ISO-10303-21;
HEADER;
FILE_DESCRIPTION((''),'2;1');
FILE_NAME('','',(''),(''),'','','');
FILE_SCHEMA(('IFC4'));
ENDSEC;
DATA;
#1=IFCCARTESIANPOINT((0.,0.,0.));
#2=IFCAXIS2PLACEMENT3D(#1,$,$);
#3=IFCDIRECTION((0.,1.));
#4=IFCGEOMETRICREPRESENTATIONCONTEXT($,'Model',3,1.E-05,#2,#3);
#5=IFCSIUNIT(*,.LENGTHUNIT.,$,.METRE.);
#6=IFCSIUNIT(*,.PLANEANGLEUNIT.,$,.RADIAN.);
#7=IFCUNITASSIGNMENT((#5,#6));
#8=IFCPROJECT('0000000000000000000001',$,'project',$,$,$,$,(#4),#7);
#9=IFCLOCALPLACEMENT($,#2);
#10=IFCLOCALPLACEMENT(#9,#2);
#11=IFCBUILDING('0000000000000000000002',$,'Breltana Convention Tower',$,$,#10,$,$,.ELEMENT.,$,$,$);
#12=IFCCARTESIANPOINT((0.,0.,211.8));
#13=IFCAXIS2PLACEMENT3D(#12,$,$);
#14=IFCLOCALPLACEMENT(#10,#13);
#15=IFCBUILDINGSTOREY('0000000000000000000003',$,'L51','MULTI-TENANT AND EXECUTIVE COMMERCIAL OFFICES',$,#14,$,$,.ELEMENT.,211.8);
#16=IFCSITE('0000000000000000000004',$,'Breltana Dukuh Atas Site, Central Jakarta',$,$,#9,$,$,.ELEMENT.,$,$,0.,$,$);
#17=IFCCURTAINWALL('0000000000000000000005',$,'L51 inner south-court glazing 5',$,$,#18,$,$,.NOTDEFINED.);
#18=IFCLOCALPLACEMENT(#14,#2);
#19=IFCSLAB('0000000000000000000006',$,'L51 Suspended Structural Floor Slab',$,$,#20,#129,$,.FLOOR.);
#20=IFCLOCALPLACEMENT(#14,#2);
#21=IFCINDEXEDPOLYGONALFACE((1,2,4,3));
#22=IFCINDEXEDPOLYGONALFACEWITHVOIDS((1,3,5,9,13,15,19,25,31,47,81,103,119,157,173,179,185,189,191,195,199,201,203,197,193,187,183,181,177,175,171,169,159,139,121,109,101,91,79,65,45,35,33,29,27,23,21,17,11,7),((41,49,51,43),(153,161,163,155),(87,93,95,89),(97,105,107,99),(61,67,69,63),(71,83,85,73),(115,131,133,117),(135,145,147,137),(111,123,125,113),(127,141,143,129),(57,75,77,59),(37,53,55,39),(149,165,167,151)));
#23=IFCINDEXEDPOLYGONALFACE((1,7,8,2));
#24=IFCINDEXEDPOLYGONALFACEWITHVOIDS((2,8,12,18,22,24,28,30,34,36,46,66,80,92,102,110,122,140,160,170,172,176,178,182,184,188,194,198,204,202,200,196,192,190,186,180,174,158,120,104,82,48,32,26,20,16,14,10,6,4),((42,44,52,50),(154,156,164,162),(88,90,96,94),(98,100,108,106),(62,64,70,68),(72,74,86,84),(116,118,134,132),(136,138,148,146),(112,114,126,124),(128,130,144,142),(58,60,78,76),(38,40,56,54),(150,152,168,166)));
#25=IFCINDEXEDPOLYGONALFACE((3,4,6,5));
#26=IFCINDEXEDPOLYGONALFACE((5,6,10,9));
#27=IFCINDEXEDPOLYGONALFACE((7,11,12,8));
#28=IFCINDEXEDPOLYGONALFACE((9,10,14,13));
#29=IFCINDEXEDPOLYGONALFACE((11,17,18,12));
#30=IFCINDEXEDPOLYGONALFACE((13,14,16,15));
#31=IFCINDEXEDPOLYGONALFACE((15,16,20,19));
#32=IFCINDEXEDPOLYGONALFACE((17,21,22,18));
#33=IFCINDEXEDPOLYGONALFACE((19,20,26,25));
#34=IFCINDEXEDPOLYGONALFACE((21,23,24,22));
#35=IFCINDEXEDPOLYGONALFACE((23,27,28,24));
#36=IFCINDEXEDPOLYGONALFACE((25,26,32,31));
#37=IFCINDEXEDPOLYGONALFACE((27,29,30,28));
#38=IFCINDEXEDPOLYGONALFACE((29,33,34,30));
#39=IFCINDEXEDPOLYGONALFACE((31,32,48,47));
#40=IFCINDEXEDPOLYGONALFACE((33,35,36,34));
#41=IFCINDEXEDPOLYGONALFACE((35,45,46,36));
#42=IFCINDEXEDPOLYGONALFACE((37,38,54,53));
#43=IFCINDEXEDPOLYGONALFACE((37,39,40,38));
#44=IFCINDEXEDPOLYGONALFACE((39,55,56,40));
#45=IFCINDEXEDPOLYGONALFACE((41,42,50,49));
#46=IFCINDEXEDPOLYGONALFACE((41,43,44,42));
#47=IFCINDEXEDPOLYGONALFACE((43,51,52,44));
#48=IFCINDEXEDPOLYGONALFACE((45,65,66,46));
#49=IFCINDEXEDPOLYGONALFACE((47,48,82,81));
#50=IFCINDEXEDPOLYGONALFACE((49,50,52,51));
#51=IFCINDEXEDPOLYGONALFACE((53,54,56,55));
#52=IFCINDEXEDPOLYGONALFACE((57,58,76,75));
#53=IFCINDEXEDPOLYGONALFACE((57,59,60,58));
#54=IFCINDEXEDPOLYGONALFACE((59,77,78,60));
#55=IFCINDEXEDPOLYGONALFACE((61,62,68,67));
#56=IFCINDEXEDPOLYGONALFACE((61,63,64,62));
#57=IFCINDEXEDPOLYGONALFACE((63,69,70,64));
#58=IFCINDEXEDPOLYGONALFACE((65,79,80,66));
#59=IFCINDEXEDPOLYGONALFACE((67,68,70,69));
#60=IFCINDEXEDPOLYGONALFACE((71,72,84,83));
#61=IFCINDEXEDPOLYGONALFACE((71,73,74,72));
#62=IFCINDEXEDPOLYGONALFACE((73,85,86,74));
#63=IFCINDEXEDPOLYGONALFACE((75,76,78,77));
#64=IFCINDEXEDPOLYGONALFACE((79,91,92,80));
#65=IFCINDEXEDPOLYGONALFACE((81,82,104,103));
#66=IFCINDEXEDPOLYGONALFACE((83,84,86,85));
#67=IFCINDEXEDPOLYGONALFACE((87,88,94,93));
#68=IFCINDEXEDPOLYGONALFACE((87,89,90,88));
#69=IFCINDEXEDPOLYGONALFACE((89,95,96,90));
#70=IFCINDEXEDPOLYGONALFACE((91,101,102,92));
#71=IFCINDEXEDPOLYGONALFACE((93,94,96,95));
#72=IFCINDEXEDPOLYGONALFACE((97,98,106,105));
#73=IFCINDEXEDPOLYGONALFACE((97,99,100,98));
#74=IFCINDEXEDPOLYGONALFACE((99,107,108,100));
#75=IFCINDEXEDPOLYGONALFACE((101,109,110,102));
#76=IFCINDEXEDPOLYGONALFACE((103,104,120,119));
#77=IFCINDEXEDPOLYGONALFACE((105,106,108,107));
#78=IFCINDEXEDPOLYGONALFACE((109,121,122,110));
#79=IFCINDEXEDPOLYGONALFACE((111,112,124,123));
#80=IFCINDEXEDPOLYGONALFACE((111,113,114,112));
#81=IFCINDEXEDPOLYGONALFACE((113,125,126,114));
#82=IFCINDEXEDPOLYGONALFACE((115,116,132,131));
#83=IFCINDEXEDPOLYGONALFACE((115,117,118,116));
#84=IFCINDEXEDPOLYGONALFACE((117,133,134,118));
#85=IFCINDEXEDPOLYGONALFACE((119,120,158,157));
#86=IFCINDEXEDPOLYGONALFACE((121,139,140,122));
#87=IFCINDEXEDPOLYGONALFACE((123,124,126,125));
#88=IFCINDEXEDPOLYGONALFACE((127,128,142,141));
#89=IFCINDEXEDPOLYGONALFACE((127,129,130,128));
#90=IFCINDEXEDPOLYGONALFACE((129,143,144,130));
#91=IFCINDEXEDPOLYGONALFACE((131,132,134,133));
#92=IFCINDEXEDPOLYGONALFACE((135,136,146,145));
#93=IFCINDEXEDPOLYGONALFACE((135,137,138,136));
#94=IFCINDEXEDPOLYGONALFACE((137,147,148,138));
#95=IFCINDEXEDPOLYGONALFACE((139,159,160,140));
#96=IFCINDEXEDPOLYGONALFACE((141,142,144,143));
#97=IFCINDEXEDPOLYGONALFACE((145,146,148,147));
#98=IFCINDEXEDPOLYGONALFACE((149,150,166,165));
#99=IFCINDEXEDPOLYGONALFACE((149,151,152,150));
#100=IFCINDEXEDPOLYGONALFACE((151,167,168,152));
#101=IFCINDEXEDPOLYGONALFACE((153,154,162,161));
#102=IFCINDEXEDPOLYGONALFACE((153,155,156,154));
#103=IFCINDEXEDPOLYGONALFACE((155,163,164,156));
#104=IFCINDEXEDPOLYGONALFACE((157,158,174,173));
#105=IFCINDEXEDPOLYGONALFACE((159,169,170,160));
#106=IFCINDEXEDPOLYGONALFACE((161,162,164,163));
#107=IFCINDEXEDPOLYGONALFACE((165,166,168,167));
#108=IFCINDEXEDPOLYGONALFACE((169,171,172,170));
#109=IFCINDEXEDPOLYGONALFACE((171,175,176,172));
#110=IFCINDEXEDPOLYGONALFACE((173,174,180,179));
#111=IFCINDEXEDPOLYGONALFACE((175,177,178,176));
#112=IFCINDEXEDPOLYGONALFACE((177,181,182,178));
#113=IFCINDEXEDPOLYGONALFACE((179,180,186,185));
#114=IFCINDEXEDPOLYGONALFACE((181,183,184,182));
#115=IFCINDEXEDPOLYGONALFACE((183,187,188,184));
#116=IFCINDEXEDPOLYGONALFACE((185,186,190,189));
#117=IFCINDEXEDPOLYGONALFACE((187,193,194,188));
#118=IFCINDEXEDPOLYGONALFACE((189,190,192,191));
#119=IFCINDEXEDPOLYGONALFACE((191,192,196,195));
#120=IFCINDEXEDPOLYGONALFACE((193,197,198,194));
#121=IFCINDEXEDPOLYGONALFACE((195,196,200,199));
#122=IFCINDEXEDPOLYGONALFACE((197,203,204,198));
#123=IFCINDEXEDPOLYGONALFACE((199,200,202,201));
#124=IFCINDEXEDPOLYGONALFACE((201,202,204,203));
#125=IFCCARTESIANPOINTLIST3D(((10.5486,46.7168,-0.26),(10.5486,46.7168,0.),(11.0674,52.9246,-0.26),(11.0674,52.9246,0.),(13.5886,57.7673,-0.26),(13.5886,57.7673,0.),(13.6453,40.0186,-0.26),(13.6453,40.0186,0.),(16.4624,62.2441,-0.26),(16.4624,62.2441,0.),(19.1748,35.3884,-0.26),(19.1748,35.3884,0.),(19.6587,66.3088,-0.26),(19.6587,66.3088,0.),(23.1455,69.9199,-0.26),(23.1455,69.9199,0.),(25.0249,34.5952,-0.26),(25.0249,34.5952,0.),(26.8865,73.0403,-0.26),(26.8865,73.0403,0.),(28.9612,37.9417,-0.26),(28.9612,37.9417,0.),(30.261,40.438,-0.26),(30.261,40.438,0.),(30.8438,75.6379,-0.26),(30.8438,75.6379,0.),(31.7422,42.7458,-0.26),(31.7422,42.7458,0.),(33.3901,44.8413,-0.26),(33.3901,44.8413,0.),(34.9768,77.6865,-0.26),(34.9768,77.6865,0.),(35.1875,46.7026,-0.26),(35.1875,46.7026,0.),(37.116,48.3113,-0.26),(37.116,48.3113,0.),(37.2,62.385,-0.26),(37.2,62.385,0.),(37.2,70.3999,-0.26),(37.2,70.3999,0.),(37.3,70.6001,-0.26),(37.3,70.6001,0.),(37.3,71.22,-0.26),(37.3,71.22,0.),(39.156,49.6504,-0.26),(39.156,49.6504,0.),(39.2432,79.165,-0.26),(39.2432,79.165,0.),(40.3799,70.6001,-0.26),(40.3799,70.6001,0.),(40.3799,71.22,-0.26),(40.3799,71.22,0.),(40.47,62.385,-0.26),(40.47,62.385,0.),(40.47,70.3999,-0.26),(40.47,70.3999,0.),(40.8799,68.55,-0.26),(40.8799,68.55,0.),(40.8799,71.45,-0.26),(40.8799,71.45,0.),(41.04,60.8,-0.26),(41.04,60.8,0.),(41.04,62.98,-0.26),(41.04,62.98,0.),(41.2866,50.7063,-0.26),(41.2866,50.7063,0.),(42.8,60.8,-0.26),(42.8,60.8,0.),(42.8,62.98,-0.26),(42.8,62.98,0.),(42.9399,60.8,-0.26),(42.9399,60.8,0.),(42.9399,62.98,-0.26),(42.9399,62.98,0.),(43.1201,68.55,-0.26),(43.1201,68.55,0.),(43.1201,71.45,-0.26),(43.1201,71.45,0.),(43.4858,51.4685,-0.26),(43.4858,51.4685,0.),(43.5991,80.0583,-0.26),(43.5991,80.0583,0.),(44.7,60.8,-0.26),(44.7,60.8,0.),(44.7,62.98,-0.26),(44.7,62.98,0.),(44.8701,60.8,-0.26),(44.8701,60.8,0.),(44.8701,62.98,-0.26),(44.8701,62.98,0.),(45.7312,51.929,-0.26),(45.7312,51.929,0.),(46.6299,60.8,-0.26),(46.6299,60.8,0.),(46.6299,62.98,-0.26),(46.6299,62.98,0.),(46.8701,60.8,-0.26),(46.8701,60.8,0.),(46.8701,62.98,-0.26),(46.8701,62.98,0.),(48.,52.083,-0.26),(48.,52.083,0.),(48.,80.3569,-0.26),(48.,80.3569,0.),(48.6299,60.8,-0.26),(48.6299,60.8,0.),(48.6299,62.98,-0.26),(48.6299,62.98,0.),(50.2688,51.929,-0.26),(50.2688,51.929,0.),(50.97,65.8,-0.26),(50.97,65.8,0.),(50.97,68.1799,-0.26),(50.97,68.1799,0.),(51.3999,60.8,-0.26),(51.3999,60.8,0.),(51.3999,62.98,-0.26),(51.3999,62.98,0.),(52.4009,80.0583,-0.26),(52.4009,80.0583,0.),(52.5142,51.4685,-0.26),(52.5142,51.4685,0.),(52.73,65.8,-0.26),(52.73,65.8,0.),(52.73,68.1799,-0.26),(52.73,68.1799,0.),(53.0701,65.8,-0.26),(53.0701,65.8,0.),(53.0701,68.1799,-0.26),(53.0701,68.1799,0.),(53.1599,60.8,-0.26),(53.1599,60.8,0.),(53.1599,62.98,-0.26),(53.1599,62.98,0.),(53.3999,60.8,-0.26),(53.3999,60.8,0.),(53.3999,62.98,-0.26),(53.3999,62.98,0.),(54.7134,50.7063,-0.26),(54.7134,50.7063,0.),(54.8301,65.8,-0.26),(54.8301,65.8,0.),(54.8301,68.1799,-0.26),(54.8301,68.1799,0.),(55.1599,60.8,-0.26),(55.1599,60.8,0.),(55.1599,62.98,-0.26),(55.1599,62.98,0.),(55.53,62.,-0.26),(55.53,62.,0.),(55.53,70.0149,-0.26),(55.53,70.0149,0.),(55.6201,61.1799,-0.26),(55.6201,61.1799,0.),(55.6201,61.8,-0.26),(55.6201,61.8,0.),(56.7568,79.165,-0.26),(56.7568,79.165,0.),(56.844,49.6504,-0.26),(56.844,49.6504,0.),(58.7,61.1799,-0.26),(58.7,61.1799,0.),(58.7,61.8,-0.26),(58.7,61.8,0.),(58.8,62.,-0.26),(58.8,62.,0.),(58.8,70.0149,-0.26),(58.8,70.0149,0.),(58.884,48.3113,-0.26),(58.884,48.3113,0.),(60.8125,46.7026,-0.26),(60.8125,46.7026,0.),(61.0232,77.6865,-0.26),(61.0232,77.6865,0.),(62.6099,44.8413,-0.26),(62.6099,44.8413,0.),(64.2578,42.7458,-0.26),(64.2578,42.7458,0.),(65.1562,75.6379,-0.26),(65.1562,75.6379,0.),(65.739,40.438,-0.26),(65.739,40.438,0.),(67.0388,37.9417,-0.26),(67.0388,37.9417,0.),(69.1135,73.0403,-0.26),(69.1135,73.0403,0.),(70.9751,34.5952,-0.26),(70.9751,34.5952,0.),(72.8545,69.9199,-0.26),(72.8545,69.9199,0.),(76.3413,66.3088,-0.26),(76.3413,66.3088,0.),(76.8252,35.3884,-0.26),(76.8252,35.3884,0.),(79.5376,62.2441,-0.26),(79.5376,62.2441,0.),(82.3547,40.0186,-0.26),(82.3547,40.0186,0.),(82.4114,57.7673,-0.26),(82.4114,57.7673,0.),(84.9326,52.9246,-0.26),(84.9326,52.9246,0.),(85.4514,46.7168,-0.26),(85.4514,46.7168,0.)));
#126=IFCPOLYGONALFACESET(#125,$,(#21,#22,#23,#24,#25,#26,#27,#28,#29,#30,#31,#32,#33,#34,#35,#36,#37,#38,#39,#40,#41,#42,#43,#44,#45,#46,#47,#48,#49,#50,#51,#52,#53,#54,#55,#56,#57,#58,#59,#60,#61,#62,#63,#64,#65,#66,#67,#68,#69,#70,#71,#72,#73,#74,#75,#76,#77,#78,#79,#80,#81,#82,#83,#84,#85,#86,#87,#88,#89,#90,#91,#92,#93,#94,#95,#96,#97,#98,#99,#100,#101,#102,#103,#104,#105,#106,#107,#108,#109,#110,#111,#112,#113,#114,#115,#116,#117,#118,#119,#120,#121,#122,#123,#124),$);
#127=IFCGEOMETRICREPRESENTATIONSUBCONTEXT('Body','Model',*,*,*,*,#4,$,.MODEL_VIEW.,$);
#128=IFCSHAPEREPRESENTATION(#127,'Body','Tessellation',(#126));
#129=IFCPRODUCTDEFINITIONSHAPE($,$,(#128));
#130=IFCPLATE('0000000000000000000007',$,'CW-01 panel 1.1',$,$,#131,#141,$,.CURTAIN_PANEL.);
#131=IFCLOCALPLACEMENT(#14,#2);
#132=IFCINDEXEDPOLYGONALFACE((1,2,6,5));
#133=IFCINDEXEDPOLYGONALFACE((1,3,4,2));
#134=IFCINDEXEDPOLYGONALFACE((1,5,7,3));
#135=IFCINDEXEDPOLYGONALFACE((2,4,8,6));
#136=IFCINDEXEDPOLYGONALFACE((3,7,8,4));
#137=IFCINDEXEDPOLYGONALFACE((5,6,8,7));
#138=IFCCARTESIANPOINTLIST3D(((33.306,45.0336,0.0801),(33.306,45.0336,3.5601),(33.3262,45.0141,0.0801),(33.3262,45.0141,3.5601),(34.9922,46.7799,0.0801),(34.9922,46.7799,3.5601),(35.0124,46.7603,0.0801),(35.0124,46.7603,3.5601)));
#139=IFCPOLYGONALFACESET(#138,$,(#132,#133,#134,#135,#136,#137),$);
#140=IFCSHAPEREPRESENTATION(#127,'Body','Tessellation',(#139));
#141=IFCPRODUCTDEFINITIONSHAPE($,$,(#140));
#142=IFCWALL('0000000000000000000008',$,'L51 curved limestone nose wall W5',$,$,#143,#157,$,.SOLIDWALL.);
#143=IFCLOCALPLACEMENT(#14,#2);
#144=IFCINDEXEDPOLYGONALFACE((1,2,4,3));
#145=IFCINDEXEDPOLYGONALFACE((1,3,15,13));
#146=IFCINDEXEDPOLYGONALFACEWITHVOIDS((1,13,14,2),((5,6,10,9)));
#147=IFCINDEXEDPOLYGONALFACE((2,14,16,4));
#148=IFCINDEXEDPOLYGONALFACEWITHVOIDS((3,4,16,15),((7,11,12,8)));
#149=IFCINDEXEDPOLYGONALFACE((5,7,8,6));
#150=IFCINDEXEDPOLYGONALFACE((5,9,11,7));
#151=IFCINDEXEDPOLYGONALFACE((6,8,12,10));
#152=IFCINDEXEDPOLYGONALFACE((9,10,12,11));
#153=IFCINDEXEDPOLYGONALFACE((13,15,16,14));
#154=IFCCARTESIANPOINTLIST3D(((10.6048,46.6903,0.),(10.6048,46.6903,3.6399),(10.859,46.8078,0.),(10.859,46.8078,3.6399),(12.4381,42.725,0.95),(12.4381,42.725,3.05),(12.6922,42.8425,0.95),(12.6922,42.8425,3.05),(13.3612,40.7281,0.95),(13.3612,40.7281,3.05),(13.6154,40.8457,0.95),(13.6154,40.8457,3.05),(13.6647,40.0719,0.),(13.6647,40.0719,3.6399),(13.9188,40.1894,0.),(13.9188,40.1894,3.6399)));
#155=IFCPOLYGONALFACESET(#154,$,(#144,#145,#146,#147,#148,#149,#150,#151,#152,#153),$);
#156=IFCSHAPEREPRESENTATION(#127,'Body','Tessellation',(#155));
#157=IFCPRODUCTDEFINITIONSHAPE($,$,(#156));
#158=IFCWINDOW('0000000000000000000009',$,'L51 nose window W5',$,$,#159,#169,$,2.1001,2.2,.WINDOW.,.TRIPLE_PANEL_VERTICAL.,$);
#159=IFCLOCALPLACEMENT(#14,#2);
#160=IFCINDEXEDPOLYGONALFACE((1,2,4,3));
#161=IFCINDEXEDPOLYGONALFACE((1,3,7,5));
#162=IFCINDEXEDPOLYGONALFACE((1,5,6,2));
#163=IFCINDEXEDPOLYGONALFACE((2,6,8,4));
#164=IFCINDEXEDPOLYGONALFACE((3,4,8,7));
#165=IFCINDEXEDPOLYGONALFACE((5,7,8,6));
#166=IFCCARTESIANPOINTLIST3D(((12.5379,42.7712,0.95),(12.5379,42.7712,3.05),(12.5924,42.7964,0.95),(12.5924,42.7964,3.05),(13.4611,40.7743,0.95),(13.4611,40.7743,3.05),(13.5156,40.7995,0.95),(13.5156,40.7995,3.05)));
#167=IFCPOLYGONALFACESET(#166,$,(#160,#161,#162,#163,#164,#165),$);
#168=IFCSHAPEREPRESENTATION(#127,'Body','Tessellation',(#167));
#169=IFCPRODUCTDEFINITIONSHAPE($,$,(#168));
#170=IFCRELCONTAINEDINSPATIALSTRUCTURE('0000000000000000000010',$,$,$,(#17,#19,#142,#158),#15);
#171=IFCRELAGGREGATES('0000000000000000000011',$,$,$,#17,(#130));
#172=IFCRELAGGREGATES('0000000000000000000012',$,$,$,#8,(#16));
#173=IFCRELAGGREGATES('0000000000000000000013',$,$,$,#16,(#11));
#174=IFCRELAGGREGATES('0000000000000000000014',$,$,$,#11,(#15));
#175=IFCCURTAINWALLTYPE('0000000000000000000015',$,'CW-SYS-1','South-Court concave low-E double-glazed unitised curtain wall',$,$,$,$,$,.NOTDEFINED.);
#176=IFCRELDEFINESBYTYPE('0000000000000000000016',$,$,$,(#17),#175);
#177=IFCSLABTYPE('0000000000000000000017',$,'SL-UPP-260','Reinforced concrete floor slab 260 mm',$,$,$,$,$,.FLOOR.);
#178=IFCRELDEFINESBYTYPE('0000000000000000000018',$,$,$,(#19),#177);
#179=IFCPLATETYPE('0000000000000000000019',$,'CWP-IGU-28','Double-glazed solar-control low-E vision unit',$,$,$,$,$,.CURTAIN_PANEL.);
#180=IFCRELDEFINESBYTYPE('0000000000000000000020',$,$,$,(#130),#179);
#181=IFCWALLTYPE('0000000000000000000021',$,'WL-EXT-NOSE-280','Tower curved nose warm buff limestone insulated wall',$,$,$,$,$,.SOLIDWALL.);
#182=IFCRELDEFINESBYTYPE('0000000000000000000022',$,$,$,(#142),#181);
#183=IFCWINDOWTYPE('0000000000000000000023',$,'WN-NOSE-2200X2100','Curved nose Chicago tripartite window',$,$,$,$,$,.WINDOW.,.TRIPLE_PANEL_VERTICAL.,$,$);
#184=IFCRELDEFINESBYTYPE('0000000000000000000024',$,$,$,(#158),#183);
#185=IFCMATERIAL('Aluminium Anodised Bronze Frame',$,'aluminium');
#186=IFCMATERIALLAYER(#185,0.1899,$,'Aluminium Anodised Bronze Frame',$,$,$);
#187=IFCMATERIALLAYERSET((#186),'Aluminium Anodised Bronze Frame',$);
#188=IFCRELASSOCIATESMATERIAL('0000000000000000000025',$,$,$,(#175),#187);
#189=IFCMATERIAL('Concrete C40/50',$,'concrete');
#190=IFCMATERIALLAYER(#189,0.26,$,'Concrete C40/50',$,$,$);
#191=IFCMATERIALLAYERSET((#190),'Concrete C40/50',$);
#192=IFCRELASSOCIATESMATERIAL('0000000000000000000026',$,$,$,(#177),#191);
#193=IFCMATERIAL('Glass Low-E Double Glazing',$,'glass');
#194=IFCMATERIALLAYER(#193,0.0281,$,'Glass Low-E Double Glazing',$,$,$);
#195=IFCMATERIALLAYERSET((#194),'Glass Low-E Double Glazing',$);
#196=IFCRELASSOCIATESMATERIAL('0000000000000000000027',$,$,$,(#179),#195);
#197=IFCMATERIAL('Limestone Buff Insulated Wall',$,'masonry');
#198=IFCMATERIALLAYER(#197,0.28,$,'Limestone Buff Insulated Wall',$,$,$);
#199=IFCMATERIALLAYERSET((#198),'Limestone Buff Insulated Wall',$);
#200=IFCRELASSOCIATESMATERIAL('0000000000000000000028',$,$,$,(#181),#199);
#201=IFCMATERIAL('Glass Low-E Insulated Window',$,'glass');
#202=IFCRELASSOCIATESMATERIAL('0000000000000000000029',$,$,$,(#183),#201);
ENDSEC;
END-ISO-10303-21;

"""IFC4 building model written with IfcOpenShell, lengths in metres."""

from ifc_helpers import new_model, si_unit, direction, frame, frame_2d, origin, origin_2d, place, context, subcontext, project, spatial, polyline, rectangle, outline, extrude, source, transform, mapped, material, layer, layer_set, type_object, type_shapes, element, fill, aggregate, save


model = new_model("IFC4")

# Units and contexts
model_context = context("Model", 3, precision=1e-05, world=origin(), true_north=direction((0.0, 1.0)))
body_context = subcontext(model_context, "Body", "Model", "MODEL_VIEW")
ifc_project = project(units=[si_unit("LENGTHUNIT", "METRE"), si_unit("PLANEANGLEUNIT", "RADIAN")], contexts=[model_context])

# Site, building, storey
site_placement = place(None, origin())
site = spatial("IfcSite", under=ifc_project, at=site_placement, Name="Breltana Dukuh Atas Site, Central Jakarta", CompositionType="ELEMENT", RefElevation=0.0)
building_placement = place(site_placement, origin())
building = spatial("IfcBuilding", under=site, at=building_placement, Name="Breltana Convention Tower", CompositionType="ELEMENT")
storey_placement = place(building_placement, frame((0.0, 0.0, 211.8)))
storey = spatial("IfcBuildingStorey", under=building, at=storey_placement, Name="L51", Description="MULTI-TENANT AND EXECUTIVE COMMERCIAL OFFICES", CompositionType="ELEMENT", Elevation=211.8)

# Curtain wall
ifc_material_1 = material(Name="Aluminium Anodised Bronze Frame", Category="aluminium")
ifc_layer_1 = layer(ifc_material_1, 0.1899, Name="Aluminium Anodised Bronze Frame")
ifc_layer_set_1 = layer_set([ifc_layer_1], Name="Aluminium Anodised Bronze Frame")
curtain_wall_type = type_object("IfcCurtainWallType", Name="CW-SYS-1", Description="South-Court concave low-E double-glazed unitised curtain wall", PredefinedType="NOTDEFINED", material=ifc_layer_set_1)
curtain_wall_placement = place(storey_placement, origin())
curtain_wall = element("IfcCurtainWall", 1, at=curtain_wall_placement, inside=storey, type_object=curtain_wall_type, Name="L51 inner south-court glazing 5", PredefinedType="NOTDEFINED")

# Shared definitions
ifc_material_2 = material(Name="Concrete C40/50", Category="concrete")

# Slab
ifc_layer_2 = layer(ifc_material_2, 0.26, Name="Concrete C40/50")
ifc_layer_set_2 = layer_set([ifc_layer_2], Name="Concrete C40/50")
slab_type_1 = type_object("IfcSlabType", Name="SL-UPP-260", Description="Reinforced concrete floor slab 260 mm", PredefinedType="FLOOR", material=ifc_layer_set_2)
slab_1_placement = place(storey_placement, frame((0.0, 0.0, -0.26)))
element("IfcSlab", 2, at=slab_1_placement, inside=storey, type_object=slab_type_1, Name="L51 Suspended Structural Floor Slab", PredefinedType="FLOOR", context=body_context, shape_type="SweptSolid", body=[
    extrude(outline(polyline([(84.9326, 52.9246), (82.4114, 57.7673), (79.5376, 62.2441), (76.3413, 66.3088), (72.8545, 69.9199), (69.1135, 73.0403), (65.1562, 75.6379), (61.0232, 77.6865), (56.7568, 79.165), (52.4009, 80.0583), (48.0, 80.3569), (43.5991, 80.0583), (39.2432, 79.165), (34.9768, 77.6865), (30.8438, 75.6379), (26.8865, 73.0403), (23.1455, 69.9199), (19.6587, 66.3088), (16.4624, 62.2441), (13.5886, 57.7673), (11.0674, 52.9246), (10.5486, 46.7168), (13.6453, 40.0186), (19.1748, 35.3884), (25.0249, 34.5952), (28.9612, 37.9417), (30.261, 40.438), (31.7422, 42.7458), (33.3901, 44.8413), (35.1875, 46.7026), (37.116, 48.3113), (39.156, 49.6504), (41.2866, 50.7063), (43.4858, 51.4685), (45.7312, 51.929), (48.0, 52.083), (50.2688, 51.929), (52.5142, 51.4685), (54.7134, 50.7063), (56.844, 49.6504), (58.884, 48.3113), (60.8125, 46.7026), (62.6099, 44.8413), (64.2578, 42.7458), (65.739, 40.438), (67.0388, 37.9417), (70.9751, 34.5952), (76.8252, 35.3884), (82.3547, 40.0186), (85.4514, 46.7168), (84.9326, 52.9246)]), holes=[polyline([(37.2, 62.385), (40.47, 62.385), (40.47, 70.3999), (37.2, 70.3999), (37.2, 62.385)]), polyline([(55.53, 62.0), (58.8, 62.0), (58.8, 70.0149), (55.53, 70.0149), (55.53, 62.0)]), polyline([(41.04, 60.8), (42.8, 60.8), (42.8, 62.98), (41.04, 62.98), (41.04, 60.8)]), polyline([(42.9399, 60.8), (44.7, 60.8), (44.7, 62.98), (42.9399, 62.98), (42.9399, 60.8)]), polyline([(44.8701, 60.8), (46.6299, 60.8), (46.6299, 62.98), (44.8701, 62.98), (44.8701, 60.8)]), polyline([(46.8701, 60.8), (48.6299, 60.8), (48.6299, 62.98), (46.8701, 62.98), (46.8701, 60.8)]), polyline([(51.3999, 60.8), (53.1599, 60.8), (53.1599, 62.98), (51.3999, 62.98), (51.3999, 60.8)]), polyline([(53.3999, 60.8), (55.1599, 60.8), (55.1599, 62.98), (53.3999, 62.98), (53.3999, 60.8)]), polyline([(50.97, 65.8), (52.73, 65.8), (52.73, 68.1799), (50.97, 68.1799), (50.97, 65.8)]), polyline([(53.0701, 65.8), (54.8301, 65.8), (54.8301, 68.1799), (53.0701, 68.1799), (53.0701, 65.8)]), polyline([(40.8799, 68.55), (43.1201, 68.55), (43.1201, 71.45), (40.8799, 71.45), (40.8799, 68.55)]), polyline([(37.3, 70.6001), (40.3799, 70.6001), (40.3799, 71.22), (37.3, 71.22), (37.3, 70.6001)]), polyline([(55.6201, 61.1799), (58.7, 61.1799), (58.7, 61.8), (55.6201, 61.8), (55.6201, 61.1799)])]), origin(), (0.0, 0.0, 1.0), 0.26),
])

# Plate
ifc_material_3 = material(Name="Glass Low-E Double Glazing", Category="glass")
ifc_layer_3 = layer(ifc_material_3, 0.0281, Name="Glass Low-E Double Glazing")
ifc_layer_set_3 = layer_set([ifc_layer_3], Name="Glass Low-E Double Glazing")
plate_type = type_object("IfcPlateType", Name="CWP-IGU-28", Description="Double-glazed solar-control low-E vision unit", PredefinedType="CURTAIN_PANEL", material=ifc_layer_set_3)
shared_shape_1 = source(origin(), body_context, "Body", "SweptSolid", [
    extrude(rectangle(XDim=2.4275, YDim=0.0281, at=origin_2d()), origin(), (0.0, 0.0, 1.0), 3.48),
])
plate_placement = place(storey_placement, frame((34.1592, 45.897, 0.0801), z_axis=(0.0, 0.0, 1.0), x_axis=(-0.694632, -0.719366, 0.0)))
plate = element("IfcPlate", 3, at=plate_placement, type_object=plate_type, Name="CW-01 panel 1.1", PredefinedType="CURTAIN_PANEL", context=body_context, shape_type="MappedRepresentation", body=[
    mapped(shared_shape_1, transform((0.0, 0.0, 0.0), scale=1.0)),
])
aggregate(curtain_wall, [plate])

# Wall, opening, window
ifc_material_4 = material(Name="Limestone Buff Insulated Wall", Category="masonry")
ifc_layer_4 = layer(ifc_material_4, 0.28, Name="Limestone Buff Insulated Wall")
ifc_layer_set_4 = layer_set([ifc_layer_4], Name="Limestone Buff Insulated Wall")
wall_type = type_object("IfcWallType", Name="WL-EXT-NOSE-280", Description="Tower curved nose warm buff limestone insulated wall", PredefinedType="SOLIDWALL", material=ifc_layer_set_4)
shared_shape_2 = source(origin(), body_context, "Body", "SweptSolid", [
    extrude(rectangle(XDim=7.2915, YDim=0.28, at=frame_2d((3.6458, 0.0))), origin(), (0.0, 0.0, 1.0), 3.6399),
])
wall_1_placement = place(storey_placement, frame((13.7917, 40.1306, 0.0), z_axis=(0.0, 0.0, 1.0), x_axis=(-0.419642, 0.90769, 0.0)))
wall_1 = element("IfcWall", 4, at=wall_1_placement, inside=storey, type_object=wall_type, Name="L51 curved limestone nose wall W5", PredefinedType="SOLIDWALL", context=body_context, shape_type="MappedRepresentation", body=[
    mapped(shared_shape_2, transform((0.0, 0.0, 0.0), scale=1.0)),
])
opening_1_placement = place(wall_1_placement, frame((0.7229, 0.0, 0.95)))
opening_1 = element("IfcOpeningElement", 5, at=opening_1_placement, cuts=wall_1, PredefinedType="OPENING", context=body_context, shape_type="SweptSolid", body=[
    extrude(rectangle(XDim=2.2, YDim=2.1001, at=frame_2d((1.1001, 1.05))), frame((0.0, 0.1499, 0.0), z_axis=(0.0, -1.0, 0.0), x_axis=(1.0, 0.0, 0.0)), (0.0, 0.0, 1.0), 0.3),
])
ifc_material_5 = material(Name="Glass Low-E Insulated Window", Category="glass")
window_type = type_object("IfcWindowType", Name="WN-NOSE-2200X2100", Description="Curved nose Chicago tripartite window", PartitioningType="TRIPLE_PANEL_VERTICAL", PredefinedType="WINDOW", material=ifc_material_5)
shared_shape_3 = source(origin(), body_context, "Body", "SweptSolid", [
    extrude(rectangle(XDim=2.2, YDim=2.1001, at=frame_2d((1.1001, 1.05))), frame((0.0, 0.03, 0.0), z_axis=(0.0, -1.0, 0.0), x_axis=(1.0, 0.0, 0.0)), (0.0, 0.0, 1.0), 0.0601),
])
type_shapes(window_type, [shared_shape_3])
window_1_placement = place(opening_1_placement, origin())
window_1 = element("IfcWindow", 6, at=window_1_placement, inside=storey, type_object=window_type, Name="L51 nose window W5", OverallHeight=2.1001, OverallWidth=2.2, PartitioningType="TRIPLE_PANEL_VERTICAL", PredefinedType="WINDOW", context=body_context, shape_type="MappedRepresentation", body=[
    mapped(shared_shape_3, transform((0.0, 0.0, 0.0), scale=1.0)),
])
fill(opening_1, window_1)

save(model, "model.ifc")
